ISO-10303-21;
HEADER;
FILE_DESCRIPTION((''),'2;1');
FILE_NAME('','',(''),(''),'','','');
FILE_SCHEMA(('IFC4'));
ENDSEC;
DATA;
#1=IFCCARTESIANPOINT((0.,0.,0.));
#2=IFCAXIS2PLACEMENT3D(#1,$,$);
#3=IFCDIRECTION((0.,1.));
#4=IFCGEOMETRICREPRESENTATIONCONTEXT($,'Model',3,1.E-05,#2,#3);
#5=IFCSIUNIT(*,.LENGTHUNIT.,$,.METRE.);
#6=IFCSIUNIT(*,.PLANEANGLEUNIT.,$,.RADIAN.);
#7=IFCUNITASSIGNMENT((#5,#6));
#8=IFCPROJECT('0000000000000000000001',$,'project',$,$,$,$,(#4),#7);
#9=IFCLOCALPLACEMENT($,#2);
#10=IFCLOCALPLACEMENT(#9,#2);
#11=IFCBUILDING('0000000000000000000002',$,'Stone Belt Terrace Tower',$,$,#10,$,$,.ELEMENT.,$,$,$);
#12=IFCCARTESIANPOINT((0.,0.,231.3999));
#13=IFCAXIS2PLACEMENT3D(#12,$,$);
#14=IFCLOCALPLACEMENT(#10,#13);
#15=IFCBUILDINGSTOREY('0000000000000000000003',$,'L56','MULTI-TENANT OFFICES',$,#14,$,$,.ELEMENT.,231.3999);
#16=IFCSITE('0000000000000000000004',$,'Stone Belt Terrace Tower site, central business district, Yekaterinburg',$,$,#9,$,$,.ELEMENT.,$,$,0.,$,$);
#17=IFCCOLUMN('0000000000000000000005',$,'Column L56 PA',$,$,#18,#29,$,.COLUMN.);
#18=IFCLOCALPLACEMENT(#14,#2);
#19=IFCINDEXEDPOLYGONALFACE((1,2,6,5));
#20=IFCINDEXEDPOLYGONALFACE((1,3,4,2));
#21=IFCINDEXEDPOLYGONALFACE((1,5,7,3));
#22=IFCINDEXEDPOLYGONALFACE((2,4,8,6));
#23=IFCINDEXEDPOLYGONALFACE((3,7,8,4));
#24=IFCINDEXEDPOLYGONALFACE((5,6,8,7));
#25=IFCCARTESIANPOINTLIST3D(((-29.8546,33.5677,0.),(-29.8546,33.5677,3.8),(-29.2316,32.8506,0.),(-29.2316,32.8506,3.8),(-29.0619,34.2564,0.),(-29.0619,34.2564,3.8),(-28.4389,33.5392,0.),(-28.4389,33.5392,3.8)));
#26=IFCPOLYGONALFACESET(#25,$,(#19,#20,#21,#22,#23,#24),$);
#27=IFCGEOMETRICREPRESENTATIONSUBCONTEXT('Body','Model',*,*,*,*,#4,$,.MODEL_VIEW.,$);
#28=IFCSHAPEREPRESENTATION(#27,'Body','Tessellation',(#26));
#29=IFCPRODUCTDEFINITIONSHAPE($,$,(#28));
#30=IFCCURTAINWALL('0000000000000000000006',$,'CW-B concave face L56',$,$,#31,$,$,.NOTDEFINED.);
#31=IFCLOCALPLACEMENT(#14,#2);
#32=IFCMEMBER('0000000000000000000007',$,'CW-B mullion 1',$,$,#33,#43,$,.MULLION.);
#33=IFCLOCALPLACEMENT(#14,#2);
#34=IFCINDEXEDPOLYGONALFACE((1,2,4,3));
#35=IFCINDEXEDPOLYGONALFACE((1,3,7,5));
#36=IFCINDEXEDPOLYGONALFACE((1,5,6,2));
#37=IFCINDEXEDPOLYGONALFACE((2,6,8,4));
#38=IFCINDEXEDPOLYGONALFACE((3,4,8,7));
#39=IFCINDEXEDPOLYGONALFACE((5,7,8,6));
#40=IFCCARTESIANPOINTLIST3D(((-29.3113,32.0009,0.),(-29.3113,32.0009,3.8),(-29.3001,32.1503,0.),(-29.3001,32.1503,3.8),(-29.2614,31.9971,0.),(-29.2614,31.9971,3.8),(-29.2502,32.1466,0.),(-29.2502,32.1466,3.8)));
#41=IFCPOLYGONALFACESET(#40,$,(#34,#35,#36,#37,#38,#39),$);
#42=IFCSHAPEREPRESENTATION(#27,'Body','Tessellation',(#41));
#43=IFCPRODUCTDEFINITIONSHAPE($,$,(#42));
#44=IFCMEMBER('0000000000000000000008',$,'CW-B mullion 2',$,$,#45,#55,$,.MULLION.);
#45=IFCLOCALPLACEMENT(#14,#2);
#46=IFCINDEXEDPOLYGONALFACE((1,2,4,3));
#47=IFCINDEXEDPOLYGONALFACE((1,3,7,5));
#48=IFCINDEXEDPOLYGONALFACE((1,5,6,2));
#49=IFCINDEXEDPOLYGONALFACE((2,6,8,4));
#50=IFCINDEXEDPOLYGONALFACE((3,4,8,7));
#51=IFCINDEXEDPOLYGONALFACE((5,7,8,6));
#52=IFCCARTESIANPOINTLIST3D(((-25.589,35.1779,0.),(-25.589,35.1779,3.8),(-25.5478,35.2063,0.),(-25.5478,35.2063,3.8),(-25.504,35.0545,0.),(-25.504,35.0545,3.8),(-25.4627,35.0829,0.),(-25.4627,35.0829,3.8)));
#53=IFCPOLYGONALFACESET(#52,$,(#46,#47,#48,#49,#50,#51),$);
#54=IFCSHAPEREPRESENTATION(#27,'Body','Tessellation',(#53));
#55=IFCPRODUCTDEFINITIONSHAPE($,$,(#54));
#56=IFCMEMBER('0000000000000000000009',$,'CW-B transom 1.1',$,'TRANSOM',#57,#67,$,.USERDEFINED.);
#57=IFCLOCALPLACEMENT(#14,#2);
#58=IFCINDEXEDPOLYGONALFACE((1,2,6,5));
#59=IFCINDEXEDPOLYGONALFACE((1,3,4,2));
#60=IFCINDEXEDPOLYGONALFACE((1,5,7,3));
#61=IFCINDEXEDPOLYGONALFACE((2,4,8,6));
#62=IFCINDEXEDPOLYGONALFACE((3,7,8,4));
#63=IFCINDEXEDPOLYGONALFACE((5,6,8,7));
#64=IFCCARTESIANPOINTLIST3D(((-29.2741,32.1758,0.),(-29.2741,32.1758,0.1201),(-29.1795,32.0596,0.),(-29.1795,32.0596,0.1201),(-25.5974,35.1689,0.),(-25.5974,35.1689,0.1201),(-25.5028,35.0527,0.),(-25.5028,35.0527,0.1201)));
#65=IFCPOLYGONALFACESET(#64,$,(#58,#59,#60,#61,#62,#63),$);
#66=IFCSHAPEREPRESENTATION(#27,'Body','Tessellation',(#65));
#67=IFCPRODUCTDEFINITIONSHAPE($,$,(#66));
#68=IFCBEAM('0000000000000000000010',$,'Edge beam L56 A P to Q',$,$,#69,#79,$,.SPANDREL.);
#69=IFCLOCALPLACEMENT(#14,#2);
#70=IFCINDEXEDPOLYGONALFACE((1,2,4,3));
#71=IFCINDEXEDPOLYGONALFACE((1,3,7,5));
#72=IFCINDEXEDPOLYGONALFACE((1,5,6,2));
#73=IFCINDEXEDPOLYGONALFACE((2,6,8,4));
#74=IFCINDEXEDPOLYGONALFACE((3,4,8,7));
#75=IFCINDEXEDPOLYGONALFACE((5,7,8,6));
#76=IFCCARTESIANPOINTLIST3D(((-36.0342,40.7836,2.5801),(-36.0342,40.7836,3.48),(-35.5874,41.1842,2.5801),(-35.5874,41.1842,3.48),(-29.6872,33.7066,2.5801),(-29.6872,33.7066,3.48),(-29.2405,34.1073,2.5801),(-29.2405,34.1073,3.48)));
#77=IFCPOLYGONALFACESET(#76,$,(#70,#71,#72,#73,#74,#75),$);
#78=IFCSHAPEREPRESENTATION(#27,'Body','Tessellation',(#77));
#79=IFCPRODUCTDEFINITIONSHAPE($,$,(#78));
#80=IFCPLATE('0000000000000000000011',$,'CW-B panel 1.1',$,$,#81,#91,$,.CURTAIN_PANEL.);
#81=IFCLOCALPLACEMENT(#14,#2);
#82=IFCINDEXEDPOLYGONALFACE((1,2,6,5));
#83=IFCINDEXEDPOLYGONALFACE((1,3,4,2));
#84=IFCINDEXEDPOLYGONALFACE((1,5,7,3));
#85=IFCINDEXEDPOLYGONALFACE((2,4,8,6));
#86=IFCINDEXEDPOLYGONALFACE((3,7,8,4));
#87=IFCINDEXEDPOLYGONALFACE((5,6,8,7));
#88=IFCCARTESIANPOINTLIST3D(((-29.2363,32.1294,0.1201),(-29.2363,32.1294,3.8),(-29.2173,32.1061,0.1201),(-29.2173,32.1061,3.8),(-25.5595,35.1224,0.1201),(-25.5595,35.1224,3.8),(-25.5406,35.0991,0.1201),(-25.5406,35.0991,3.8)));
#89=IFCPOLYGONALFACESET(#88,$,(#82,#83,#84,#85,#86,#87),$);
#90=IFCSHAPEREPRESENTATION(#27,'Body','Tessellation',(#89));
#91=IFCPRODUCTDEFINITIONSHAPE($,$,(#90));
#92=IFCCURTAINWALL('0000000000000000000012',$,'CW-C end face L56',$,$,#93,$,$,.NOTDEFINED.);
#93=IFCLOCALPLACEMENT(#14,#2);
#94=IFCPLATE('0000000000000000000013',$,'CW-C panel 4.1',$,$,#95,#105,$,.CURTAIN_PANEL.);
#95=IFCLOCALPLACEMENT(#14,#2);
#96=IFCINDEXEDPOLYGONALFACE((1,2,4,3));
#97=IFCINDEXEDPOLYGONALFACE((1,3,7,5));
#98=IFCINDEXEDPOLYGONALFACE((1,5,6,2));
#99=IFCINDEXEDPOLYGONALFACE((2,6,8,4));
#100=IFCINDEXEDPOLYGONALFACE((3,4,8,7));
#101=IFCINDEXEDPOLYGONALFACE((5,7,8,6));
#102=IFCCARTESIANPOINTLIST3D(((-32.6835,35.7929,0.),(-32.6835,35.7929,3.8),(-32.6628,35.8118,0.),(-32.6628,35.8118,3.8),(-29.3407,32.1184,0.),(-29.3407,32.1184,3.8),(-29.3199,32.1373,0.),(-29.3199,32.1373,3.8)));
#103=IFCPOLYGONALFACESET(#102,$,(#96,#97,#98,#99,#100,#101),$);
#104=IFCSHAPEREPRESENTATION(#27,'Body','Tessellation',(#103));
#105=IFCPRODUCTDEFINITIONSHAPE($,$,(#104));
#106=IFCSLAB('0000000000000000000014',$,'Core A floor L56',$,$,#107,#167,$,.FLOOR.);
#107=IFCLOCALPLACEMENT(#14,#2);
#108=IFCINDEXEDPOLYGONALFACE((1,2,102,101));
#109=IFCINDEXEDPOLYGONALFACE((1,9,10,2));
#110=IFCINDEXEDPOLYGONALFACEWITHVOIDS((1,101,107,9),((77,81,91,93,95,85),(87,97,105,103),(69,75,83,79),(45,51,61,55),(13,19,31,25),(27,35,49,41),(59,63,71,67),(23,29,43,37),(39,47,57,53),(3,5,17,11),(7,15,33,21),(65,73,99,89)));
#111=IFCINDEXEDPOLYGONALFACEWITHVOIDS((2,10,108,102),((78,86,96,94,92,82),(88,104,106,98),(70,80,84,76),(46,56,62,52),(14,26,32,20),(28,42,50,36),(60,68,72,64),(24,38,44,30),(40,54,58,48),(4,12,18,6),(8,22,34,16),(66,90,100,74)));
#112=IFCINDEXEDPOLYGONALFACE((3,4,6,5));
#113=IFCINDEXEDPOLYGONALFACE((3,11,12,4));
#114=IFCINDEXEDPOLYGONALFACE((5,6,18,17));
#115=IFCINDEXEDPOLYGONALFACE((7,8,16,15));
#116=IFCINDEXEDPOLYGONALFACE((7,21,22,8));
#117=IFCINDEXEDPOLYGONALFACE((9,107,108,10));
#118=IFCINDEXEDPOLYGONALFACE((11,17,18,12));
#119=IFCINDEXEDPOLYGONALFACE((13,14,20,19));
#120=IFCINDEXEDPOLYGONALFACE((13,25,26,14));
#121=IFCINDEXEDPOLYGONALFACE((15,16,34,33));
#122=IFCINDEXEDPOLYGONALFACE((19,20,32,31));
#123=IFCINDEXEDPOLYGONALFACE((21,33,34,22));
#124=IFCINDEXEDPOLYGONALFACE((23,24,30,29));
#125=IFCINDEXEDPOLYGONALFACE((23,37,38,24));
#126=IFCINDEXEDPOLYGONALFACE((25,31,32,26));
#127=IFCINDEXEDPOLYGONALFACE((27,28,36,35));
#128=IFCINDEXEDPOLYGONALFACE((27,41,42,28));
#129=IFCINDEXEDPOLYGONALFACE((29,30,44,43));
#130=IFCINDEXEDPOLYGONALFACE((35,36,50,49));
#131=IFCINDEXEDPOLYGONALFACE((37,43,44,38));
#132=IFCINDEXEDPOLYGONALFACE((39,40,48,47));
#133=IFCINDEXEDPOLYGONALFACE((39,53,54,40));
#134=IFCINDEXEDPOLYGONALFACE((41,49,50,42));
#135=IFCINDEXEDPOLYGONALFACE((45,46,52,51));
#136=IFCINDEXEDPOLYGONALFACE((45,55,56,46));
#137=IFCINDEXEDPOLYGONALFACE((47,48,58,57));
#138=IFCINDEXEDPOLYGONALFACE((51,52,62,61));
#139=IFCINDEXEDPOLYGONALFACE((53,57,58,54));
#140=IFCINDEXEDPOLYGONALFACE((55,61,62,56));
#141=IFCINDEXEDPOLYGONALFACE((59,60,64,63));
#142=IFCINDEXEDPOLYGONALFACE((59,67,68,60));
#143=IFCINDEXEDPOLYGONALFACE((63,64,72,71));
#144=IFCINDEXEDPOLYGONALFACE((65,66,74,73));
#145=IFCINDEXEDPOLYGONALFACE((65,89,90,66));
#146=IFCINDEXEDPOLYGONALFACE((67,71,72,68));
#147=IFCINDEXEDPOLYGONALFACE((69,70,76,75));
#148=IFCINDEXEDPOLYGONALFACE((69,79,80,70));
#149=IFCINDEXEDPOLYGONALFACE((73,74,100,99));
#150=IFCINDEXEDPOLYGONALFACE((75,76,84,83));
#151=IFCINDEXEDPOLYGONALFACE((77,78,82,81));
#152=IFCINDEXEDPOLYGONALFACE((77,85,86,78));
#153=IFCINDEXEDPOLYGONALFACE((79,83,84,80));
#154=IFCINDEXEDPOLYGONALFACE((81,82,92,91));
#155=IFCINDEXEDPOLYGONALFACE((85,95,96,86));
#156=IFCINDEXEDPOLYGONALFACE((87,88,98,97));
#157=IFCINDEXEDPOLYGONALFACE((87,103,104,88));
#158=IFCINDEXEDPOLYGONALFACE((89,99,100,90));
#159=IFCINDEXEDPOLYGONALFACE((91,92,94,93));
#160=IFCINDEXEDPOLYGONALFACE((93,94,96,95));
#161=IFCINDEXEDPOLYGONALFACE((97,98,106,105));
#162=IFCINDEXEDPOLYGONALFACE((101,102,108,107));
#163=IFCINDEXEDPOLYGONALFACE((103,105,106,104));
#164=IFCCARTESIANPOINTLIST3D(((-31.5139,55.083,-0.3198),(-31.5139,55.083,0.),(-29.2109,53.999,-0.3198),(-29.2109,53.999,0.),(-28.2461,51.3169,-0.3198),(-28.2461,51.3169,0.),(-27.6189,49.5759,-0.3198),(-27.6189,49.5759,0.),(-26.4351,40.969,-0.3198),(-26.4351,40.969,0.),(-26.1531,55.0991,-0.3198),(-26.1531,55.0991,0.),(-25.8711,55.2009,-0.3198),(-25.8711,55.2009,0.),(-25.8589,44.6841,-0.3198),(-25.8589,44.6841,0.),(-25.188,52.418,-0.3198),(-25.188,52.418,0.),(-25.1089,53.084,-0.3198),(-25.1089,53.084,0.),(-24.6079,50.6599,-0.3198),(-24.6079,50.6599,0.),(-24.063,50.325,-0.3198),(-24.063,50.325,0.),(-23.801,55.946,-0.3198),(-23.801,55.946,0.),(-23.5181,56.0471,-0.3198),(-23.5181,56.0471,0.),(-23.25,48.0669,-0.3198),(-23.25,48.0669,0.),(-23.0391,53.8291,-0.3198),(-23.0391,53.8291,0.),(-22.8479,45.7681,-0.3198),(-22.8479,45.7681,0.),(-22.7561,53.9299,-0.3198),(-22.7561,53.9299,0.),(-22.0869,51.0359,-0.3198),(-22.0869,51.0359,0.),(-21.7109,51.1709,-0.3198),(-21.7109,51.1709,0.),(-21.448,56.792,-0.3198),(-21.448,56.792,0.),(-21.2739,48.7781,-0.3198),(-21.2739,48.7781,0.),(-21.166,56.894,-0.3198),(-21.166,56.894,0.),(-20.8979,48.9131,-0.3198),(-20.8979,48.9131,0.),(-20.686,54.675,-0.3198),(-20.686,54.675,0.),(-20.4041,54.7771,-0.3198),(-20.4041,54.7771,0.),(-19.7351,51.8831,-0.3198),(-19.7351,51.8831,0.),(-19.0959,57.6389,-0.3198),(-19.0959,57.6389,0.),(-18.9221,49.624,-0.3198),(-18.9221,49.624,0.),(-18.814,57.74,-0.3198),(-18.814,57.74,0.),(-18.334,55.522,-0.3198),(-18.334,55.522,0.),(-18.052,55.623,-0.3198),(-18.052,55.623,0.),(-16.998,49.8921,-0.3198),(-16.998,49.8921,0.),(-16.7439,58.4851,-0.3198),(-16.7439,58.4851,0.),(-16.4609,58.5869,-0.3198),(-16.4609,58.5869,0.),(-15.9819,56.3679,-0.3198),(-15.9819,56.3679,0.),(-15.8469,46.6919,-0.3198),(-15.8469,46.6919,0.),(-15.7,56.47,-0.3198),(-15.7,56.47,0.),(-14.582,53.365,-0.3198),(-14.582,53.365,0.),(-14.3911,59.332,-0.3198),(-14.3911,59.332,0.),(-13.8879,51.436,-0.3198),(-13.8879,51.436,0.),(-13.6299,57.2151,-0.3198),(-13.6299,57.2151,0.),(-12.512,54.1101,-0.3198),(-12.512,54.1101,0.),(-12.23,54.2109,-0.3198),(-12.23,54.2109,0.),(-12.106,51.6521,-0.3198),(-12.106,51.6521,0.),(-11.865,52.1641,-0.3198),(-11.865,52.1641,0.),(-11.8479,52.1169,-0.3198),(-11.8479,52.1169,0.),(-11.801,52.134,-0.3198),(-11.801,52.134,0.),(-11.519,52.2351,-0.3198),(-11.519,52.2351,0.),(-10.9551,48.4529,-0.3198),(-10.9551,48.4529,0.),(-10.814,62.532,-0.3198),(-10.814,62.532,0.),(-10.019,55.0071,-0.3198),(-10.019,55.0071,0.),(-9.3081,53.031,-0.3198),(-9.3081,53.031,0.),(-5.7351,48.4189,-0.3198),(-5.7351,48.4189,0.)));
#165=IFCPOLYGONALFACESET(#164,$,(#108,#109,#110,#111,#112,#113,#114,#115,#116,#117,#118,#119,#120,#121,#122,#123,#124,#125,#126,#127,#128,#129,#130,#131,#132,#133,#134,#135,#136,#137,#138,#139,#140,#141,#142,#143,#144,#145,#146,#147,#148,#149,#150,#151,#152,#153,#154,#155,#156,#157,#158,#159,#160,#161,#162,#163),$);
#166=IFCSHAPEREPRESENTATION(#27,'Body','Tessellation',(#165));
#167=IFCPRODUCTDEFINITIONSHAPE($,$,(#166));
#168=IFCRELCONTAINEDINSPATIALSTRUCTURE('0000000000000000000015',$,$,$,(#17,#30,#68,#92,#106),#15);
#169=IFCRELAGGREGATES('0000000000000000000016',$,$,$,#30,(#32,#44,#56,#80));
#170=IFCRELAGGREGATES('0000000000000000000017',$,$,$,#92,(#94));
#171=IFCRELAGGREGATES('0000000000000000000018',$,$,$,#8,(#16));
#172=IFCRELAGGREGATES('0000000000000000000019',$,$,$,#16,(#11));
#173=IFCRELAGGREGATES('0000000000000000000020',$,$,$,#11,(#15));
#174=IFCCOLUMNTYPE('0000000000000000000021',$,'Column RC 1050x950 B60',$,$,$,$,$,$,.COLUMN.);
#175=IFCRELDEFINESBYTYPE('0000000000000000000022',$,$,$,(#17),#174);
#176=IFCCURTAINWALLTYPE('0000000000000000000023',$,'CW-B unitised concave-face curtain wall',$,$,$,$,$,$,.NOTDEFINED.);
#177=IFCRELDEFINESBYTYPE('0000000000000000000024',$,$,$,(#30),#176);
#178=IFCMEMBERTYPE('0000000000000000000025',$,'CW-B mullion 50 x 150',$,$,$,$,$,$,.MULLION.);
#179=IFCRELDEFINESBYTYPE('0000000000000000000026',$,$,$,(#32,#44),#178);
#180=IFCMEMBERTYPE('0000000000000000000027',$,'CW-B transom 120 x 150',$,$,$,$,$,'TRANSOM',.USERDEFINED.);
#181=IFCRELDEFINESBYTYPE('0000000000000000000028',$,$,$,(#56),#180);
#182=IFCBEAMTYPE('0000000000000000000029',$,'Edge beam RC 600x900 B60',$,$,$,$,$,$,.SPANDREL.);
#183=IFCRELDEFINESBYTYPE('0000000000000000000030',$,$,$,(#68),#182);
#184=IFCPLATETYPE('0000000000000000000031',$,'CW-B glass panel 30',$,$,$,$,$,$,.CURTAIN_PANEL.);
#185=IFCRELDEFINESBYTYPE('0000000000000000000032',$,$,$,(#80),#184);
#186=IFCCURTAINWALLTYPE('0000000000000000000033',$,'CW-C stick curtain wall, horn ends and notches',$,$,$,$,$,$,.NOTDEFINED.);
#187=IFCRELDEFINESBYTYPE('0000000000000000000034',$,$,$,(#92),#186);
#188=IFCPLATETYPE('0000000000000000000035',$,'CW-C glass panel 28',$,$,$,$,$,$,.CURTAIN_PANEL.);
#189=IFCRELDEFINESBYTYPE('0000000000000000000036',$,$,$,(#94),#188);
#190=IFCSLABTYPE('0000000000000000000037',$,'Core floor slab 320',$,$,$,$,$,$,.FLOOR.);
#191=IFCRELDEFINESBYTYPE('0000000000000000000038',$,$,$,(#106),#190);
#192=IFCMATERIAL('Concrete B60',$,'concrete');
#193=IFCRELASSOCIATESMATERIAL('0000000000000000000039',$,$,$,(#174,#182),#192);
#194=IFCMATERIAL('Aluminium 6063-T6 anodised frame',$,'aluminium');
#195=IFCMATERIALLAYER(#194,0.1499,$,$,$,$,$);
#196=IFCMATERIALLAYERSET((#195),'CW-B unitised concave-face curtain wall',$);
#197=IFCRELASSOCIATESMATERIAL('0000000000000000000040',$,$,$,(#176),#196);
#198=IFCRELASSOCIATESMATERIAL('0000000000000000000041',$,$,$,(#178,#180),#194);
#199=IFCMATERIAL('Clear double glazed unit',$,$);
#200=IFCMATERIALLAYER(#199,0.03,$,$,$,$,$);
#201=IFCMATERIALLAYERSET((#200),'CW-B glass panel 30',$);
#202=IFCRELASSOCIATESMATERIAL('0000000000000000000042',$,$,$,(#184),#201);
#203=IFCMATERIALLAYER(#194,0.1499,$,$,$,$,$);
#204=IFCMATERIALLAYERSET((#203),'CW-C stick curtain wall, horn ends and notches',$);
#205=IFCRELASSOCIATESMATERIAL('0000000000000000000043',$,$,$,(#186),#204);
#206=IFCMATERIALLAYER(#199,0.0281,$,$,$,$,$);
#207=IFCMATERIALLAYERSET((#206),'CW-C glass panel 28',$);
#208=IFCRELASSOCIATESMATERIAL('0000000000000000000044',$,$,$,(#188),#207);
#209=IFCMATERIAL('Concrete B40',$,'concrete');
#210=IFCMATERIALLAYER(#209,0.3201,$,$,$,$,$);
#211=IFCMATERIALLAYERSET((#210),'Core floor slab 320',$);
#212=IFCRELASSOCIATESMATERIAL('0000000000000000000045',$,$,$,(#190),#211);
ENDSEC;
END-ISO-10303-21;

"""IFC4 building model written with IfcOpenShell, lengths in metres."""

from ifc_helpers import new_model, si_unit, direction, frame, origin, origin_2d, place, context, subcontext, project, spatial, polyline, rectangle, outline, extrude, material, layer, layer_set, material_profile, profile_set, type_object, element, aggregate, save


model = new_model("IFC4")

# Units and contexts
model_context = context("Model", 3, precision=1e-05, world=origin(), true_north=direction((0.0, 1.0)))
body_context = subcontext(model_context, "Body", "Model", "MODEL_VIEW")
ifc_project = project(units=[si_unit("LENGTHUNIT", "METRE"), si_unit("PLANEANGLEUNIT", "RADIAN")], contexts=[model_context])

# Site, building, storey
site_placement = place(None, origin())
site = spatial("IfcSite", under=ifc_project, at=site_placement, Name="Stone Belt Terrace Tower site, central business district, Yekaterinburg", CompositionType="ELEMENT", RefElevation=0.0)
building_placement = place(site_placement, origin())
building = spatial("IfcBuilding", under=site, at=building_placement, Name="Stone Belt Terrace Tower", CompositionType="ELEMENT")
storey_placement = place(building_placement, frame((0.0, 0.0, 231.3999)))
storey = spatial("IfcBuildingStorey", under=building, at=storey_placement, Name="L56", Description="MULTI-TENANT OFFICES", CompositionType="ELEMENT", Elevation=231.3999)

# Column
ifc_material_1 = material(Name="Concrete B60", Category="concrete")
ifc_material_profile_1 = material_profile(ifc_material_1, rectangle(XDim=1.05, YDim=0.95, at=origin_2d()), Name="RC 1050x950")
ifc_profile_set_1 = profile_set([ifc_material_profile_1], Name="Concrete B60")
column_type = type_object("IfcColumnType", Name="Column RC 1050x950 B60", PredefinedType="COLUMN", material=ifc_profile_set_1)
column_placement = place(storey_placement, frame((-29.1467, 33.5535, 0.0), z_axis=(0.0, 0.0, 1.0), x_axis=(0.754941, 0.655793, 0.0)))
element("IfcColumn", 1, at=column_placement, inside=storey, type_object=column_type, Name="Column L56 PA", PredefinedType="COLUMN", context=body_context, shape_type="SweptSolid", body=[
    extrude(rectangle(XDim=1.05, YDim=0.95, at=origin_2d()), origin(), (0.0, 0.0, 1.0), 3.8),
])

# Curtain wall, members
ifc_material_2 = material(Name="Aluminium 6063-T6 anodised frame", Category="aluminium")
ifc_layer_1 = layer(ifc_material_2, 0.1499)
ifc_layer_set_1 = layer_set([ifc_layer_1], Name="CW-B unitised concave-face curtain wall")
curtain_wall_type_1 = type_object("IfcCurtainWallType", Name="CW-B unitised concave-face curtain wall", PredefinedType="NOTDEFINED", material=ifc_layer_set_1)
curtain_wall_1_placement = place(storey_placement, origin())
curtain_wall_1 = element("IfcCurtainWall", 2, at=curtain_wall_1_placement, inside=storey, type_object=curtain_wall_type_1, Name="CW-B concave face L56", PredefinedType="NOTDEFINED")
ifc_material_profile_2 = material_profile(ifc_material_2, rectangle(XDim=0.1499, YDim=0.05, at=origin_2d()), Name="Aluminium 6063-T6 50x150")
ifc_profile_set_2 = profile_set([ifc_material_profile_2], Name="Aluminium 6063-T6 anodised frame")
member_type_1 = type_object("IfcMemberType", Name="CW-B mullion 50 x 150", PredefinedType="MULLION", material=ifc_profile_set_2)
member_1_placement = place(storey_placement, frame((-29.2808, 32.0737, 0.0), z_axis=(0.0, 0.0, 1.0), x_axis=(0.074613, 0.997213, 0.0)))
member_1 = element("IfcMember", 3, at=member_1_placement, type_object=member_type_1, Name="CW-B mullion 1", PredefinedType="MULLION", context=body_context, shape_type="SweptSolid", body=[
    extrude(rectangle(XDim=0.1499, YDim=0.05, at=origin_2d()), origin(), (0.0, 0.0, 1.0), 3.8),
])
member_2_placement = place(storey_placement, frame((-25.5259, 35.1304, 0.0), z_axis=(0.0, 0.0, 1.0), x_axis=(-0.567465, 0.823397, 0.0)))
member_2 = element("IfcMember", 4, at=member_2_placement, type_object=member_type_1, Name="CW-B mullion 2", PredefinedType="MULLION", context=body_context, shape_type="SweptSolid", body=[
    extrude(rectangle(XDim=0.1499, YDim=0.05, at=origin_2d()), origin(), (0.0, 0.0, 1.0), 3.8),
])
ifc_material_profile_3 = material_profile(ifc_material_2, rectangle(XDim=0.1499, YDim=0.1201, at=origin_2d()), Name="Aluminium 6063-T6 150x120")
ifc_profile_set_3 = profile_set([ifc_material_profile_3], Name="Aluminium 6063-T6 anodised frame")
member_type_2 = type_object("IfcMemberType", Name="CW-B transom 120 x 150", ElementType="TRANSOM", PredefinedType="USERDEFINED", material=ifc_profile_set_3)
member_3_placement = place(storey_placement, frame((-29.2268, 32.1177, 0.0601), z_axis=(0.775515, 0.631329, 0.0), x_axis=(-0.631329, 0.775515, 0.0)))
member_3 = element("IfcMember", 5, at=member_3_placement, type_object=member_type_2, Name="CW-B transom 1.1", ObjectType="TRANSOM", PredefinedType="USERDEFINED", context=body_context, shape_type="SweptSolid", body=[
    extrude(rectangle(XDim=0.1499, YDim=0.1201, at=origin_2d()), origin(), (0.0, 0.0, 1.0), 4.741),
])

# Beam
ifc_material_profile_4 = material_profile(ifc_material_1, rectangle(XDim=0.6001, YDim=0.8999, at=origin_2d()), Name="RC 600x900")
ifc_profile_set_4 = profile_set([ifc_material_profile_4], Name="Concrete B60")
beam_type = type_object("IfcBeamType", Name="Edge beam RC 600x900 B60", PredefinedType="SPANDREL", material=ifc_profile_set_4)
beam_placement = place(storey_placement, frame((-29.4639, 33.907, 3.03), z_axis=(-0.667668, 0.744459, 0.0), x_axis=(-0.744459, -0.667668, 0.0)))
element("IfcBeam", 6, at=beam_placement, inside=storey, type_object=beam_type, Name="Edge beam L56 A P to Q", PredefinedType="SPANDREL", context=body_context, shape_type="SweptSolid", body=[
    extrude(rectangle(XDim=0.6001, YDim=0.8999, at=origin_2d()), origin(), (0.0, 0.0, 1.0), 9.5061),
])

# Plate
ifc_material_3 = material(Name="Clear double glazed unit")
ifc_layer_2 = layer(ifc_material_3, 0.03)
ifc_layer_set_2 = layer_set([ifc_layer_2], Name="CW-B glass panel 30")
plate_type_1 = type_object("IfcPlateType", Name="CW-B glass panel 30", PredefinedType="CURTAIN_PANEL", material=ifc_layer_set_2)
plate_1_placement = place(storey_placement, frame((-27.3884, 33.6143, 0.1201), z_axis=(0.0, 0.0, 1.0), x_axis=(0.775525, 0.631317, 0.0)))
plate_1 = element("IfcPlate", 7, at=plate_1_placement, type_object=plate_type_1, Name="CW-B panel 1.1", PredefinedType="CURTAIN_PANEL", context=body_context, shape_type="SweptSolid", body=[
    extrude(rectangle(XDim=4.741, YDim=0.03, at=origin_2d()), origin(), (0.0, 0.0, 1.0), 3.6799),
])
aggregate(curtain_wall_1, [member_1, member_2, member_3, plate_1])

# Curtain wall, plate
ifc_layer_3 = layer(ifc_material_2, 0.1499)
ifc_layer_set_3 = layer_set([ifc_layer_3], Name="CW-C stick curtain wall, horn ends and notches")
curtain_wall_type_2 = type_object("IfcCurtainWallType", Name="CW-C stick curtain wall, horn ends and notches", PredefinedType="NOTDEFINED", material=ifc_layer_set_3)
curtain_wall_2_placement = place(storey_placement, origin())
curtain_wall_2 = element("IfcCurtainWall", 8, at=curtain_wall_2_placement, inside=storey, type_object=curtain_wall_type_2, Name="CW-C end face L56", PredefinedType="NOTDEFINED")
ifc_layer_4 = layer(ifc_material_3, 0.0281)
ifc_layer_set_4 = layer_set([ifc_layer_4], Name="CW-C glass panel 28")
plate_type_2 = type_object("IfcPlateType", Name="CW-C glass panel 28", PredefinedType="CURTAIN_PANEL", material=ifc_layer_set_4)
plate_2_placement = place(storey_placement, frame((-31.0017, 33.9651, 0.0), z_axis=(0.0, 0.0, 1.0), x_axis=(0.672944, -0.739693, 0.0)))
plate_2 = element("IfcPlate", 9, at=plate_2_placement, type_object=plate_type_2, Name="CW-C panel 4.1", PredefinedType="CURTAIN_PANEL", context=body_context, shape_type="SweptSolid", body=[
    extrude(rectangle(XDim=4.9675, YDim=0.0281, at=origin_2d()), origin(), (0.0, 0.0, 1.0), 3.8),
])
aggregate(curtain_wall_2, [plate_2])

# Slab
ifc_material_4 = material(Name="Concrete B40", Category="concrete")
ifc_layer_5 = layer(ifc_material_4, 0.3201)
ifc_layer_set_5 = layer_set([ifc_layer_5], Name="Core floor slab 320")
slab_type_1 = type_object("IfcSlabType", Name="Core floor slab 320", PredefinedType="FLOOR", material=ifc_layer_set_5)
slab_1_placement = place(storey_placement, frame((0.0, 0.0, -0.3198)))
element("IfcSlab", 10, at=slab_1_placement, inside=storey, type_object=slab_type_1, Name="Core A floor L56", PredefinedType="FLOOR", context=body_context, shape_type="SweptSolid", body=[
    extrude(outline(polyline([(-26.4351, 40.969), (-5.7351, 48.4189), (-10.814, 62.532), (-31.5139, 55.083), (-26.4351, 40.969)]), holes=[polyline([(-24.6079, 50.6599), (-22.8479, 45.7681), (-25.8589, 44.6841), (-27.6189, 49.5759), (-24.6079, 50.6599)]), polyline([(-21.2739, 48.7781), (-23.25, 48.0669), (-24.063, 50.325), (-22.0869, 51.0359), (-21.2739, 48.7781)]), polyline([(-18.9221, 49.624), (-20.8979, 48.9131), (-21.7109, 51.1709), (-19.7351, 51.8831), (-18.9221, 49.624)]), polyline([(-28.2461, 51.3169), (-29.2109, 53.999), (-26.1531, 55.0991), (-25.188, 52.418), (-28.2461, 51.3169)]), polyline([(-23.801, 55.946), (-23.0391, 53.8291), (-25.1089, 53.084), (-25.8711, 55.2009), (-23.801, 55.946)]), polyline([(-21.448, 56.792), (-20.686, 54.675), (-22.7561, 53.9299), (-23.5181, 56.0471), (-21.448, 56.792)]), polyline([(-10.9551, 48.4529), (-15.8469, 46.6919), (-16.998, 49.8921), (-12.106, 51.6521), (-10.9551, 48.4529)]), polyline([(-11.8479, 52.1169), (-11.865, 52.1641), (-13.8879, 51.436), (-14.582, 53.365), (-12.512, 54.1101), (-11.801, 52.134), (-11.8479, 52.1169)]), polyline([(-9.3081, 53.031), (-11.519, 52.2351), (-12.23, 54.2109), (-10.019, 55.0071), (-9.3081, 53.031)]), polyline([(-21.166, 56.894), (-19.0959, 57.6389), (-18.334, 55.522), (-20.4041, 54.7771), (-21.166, 56.894)]), polyline([(-16.7439, 58.4851), (-15.9819, 56.3679), (-18.052, 55.623), (-18.814, 57.74), (-16.7439, 58.4851)]), polyline([(-14.3911, 59.332), (-13.6299, 57.2151), (-15.7, 56.47), (-16.4609, 58.5869), (-14.3911, 59.332)])]), origin(), (0.0, 0.0, 1.0), 0.3198),
])

save(model, "model.ifc")
